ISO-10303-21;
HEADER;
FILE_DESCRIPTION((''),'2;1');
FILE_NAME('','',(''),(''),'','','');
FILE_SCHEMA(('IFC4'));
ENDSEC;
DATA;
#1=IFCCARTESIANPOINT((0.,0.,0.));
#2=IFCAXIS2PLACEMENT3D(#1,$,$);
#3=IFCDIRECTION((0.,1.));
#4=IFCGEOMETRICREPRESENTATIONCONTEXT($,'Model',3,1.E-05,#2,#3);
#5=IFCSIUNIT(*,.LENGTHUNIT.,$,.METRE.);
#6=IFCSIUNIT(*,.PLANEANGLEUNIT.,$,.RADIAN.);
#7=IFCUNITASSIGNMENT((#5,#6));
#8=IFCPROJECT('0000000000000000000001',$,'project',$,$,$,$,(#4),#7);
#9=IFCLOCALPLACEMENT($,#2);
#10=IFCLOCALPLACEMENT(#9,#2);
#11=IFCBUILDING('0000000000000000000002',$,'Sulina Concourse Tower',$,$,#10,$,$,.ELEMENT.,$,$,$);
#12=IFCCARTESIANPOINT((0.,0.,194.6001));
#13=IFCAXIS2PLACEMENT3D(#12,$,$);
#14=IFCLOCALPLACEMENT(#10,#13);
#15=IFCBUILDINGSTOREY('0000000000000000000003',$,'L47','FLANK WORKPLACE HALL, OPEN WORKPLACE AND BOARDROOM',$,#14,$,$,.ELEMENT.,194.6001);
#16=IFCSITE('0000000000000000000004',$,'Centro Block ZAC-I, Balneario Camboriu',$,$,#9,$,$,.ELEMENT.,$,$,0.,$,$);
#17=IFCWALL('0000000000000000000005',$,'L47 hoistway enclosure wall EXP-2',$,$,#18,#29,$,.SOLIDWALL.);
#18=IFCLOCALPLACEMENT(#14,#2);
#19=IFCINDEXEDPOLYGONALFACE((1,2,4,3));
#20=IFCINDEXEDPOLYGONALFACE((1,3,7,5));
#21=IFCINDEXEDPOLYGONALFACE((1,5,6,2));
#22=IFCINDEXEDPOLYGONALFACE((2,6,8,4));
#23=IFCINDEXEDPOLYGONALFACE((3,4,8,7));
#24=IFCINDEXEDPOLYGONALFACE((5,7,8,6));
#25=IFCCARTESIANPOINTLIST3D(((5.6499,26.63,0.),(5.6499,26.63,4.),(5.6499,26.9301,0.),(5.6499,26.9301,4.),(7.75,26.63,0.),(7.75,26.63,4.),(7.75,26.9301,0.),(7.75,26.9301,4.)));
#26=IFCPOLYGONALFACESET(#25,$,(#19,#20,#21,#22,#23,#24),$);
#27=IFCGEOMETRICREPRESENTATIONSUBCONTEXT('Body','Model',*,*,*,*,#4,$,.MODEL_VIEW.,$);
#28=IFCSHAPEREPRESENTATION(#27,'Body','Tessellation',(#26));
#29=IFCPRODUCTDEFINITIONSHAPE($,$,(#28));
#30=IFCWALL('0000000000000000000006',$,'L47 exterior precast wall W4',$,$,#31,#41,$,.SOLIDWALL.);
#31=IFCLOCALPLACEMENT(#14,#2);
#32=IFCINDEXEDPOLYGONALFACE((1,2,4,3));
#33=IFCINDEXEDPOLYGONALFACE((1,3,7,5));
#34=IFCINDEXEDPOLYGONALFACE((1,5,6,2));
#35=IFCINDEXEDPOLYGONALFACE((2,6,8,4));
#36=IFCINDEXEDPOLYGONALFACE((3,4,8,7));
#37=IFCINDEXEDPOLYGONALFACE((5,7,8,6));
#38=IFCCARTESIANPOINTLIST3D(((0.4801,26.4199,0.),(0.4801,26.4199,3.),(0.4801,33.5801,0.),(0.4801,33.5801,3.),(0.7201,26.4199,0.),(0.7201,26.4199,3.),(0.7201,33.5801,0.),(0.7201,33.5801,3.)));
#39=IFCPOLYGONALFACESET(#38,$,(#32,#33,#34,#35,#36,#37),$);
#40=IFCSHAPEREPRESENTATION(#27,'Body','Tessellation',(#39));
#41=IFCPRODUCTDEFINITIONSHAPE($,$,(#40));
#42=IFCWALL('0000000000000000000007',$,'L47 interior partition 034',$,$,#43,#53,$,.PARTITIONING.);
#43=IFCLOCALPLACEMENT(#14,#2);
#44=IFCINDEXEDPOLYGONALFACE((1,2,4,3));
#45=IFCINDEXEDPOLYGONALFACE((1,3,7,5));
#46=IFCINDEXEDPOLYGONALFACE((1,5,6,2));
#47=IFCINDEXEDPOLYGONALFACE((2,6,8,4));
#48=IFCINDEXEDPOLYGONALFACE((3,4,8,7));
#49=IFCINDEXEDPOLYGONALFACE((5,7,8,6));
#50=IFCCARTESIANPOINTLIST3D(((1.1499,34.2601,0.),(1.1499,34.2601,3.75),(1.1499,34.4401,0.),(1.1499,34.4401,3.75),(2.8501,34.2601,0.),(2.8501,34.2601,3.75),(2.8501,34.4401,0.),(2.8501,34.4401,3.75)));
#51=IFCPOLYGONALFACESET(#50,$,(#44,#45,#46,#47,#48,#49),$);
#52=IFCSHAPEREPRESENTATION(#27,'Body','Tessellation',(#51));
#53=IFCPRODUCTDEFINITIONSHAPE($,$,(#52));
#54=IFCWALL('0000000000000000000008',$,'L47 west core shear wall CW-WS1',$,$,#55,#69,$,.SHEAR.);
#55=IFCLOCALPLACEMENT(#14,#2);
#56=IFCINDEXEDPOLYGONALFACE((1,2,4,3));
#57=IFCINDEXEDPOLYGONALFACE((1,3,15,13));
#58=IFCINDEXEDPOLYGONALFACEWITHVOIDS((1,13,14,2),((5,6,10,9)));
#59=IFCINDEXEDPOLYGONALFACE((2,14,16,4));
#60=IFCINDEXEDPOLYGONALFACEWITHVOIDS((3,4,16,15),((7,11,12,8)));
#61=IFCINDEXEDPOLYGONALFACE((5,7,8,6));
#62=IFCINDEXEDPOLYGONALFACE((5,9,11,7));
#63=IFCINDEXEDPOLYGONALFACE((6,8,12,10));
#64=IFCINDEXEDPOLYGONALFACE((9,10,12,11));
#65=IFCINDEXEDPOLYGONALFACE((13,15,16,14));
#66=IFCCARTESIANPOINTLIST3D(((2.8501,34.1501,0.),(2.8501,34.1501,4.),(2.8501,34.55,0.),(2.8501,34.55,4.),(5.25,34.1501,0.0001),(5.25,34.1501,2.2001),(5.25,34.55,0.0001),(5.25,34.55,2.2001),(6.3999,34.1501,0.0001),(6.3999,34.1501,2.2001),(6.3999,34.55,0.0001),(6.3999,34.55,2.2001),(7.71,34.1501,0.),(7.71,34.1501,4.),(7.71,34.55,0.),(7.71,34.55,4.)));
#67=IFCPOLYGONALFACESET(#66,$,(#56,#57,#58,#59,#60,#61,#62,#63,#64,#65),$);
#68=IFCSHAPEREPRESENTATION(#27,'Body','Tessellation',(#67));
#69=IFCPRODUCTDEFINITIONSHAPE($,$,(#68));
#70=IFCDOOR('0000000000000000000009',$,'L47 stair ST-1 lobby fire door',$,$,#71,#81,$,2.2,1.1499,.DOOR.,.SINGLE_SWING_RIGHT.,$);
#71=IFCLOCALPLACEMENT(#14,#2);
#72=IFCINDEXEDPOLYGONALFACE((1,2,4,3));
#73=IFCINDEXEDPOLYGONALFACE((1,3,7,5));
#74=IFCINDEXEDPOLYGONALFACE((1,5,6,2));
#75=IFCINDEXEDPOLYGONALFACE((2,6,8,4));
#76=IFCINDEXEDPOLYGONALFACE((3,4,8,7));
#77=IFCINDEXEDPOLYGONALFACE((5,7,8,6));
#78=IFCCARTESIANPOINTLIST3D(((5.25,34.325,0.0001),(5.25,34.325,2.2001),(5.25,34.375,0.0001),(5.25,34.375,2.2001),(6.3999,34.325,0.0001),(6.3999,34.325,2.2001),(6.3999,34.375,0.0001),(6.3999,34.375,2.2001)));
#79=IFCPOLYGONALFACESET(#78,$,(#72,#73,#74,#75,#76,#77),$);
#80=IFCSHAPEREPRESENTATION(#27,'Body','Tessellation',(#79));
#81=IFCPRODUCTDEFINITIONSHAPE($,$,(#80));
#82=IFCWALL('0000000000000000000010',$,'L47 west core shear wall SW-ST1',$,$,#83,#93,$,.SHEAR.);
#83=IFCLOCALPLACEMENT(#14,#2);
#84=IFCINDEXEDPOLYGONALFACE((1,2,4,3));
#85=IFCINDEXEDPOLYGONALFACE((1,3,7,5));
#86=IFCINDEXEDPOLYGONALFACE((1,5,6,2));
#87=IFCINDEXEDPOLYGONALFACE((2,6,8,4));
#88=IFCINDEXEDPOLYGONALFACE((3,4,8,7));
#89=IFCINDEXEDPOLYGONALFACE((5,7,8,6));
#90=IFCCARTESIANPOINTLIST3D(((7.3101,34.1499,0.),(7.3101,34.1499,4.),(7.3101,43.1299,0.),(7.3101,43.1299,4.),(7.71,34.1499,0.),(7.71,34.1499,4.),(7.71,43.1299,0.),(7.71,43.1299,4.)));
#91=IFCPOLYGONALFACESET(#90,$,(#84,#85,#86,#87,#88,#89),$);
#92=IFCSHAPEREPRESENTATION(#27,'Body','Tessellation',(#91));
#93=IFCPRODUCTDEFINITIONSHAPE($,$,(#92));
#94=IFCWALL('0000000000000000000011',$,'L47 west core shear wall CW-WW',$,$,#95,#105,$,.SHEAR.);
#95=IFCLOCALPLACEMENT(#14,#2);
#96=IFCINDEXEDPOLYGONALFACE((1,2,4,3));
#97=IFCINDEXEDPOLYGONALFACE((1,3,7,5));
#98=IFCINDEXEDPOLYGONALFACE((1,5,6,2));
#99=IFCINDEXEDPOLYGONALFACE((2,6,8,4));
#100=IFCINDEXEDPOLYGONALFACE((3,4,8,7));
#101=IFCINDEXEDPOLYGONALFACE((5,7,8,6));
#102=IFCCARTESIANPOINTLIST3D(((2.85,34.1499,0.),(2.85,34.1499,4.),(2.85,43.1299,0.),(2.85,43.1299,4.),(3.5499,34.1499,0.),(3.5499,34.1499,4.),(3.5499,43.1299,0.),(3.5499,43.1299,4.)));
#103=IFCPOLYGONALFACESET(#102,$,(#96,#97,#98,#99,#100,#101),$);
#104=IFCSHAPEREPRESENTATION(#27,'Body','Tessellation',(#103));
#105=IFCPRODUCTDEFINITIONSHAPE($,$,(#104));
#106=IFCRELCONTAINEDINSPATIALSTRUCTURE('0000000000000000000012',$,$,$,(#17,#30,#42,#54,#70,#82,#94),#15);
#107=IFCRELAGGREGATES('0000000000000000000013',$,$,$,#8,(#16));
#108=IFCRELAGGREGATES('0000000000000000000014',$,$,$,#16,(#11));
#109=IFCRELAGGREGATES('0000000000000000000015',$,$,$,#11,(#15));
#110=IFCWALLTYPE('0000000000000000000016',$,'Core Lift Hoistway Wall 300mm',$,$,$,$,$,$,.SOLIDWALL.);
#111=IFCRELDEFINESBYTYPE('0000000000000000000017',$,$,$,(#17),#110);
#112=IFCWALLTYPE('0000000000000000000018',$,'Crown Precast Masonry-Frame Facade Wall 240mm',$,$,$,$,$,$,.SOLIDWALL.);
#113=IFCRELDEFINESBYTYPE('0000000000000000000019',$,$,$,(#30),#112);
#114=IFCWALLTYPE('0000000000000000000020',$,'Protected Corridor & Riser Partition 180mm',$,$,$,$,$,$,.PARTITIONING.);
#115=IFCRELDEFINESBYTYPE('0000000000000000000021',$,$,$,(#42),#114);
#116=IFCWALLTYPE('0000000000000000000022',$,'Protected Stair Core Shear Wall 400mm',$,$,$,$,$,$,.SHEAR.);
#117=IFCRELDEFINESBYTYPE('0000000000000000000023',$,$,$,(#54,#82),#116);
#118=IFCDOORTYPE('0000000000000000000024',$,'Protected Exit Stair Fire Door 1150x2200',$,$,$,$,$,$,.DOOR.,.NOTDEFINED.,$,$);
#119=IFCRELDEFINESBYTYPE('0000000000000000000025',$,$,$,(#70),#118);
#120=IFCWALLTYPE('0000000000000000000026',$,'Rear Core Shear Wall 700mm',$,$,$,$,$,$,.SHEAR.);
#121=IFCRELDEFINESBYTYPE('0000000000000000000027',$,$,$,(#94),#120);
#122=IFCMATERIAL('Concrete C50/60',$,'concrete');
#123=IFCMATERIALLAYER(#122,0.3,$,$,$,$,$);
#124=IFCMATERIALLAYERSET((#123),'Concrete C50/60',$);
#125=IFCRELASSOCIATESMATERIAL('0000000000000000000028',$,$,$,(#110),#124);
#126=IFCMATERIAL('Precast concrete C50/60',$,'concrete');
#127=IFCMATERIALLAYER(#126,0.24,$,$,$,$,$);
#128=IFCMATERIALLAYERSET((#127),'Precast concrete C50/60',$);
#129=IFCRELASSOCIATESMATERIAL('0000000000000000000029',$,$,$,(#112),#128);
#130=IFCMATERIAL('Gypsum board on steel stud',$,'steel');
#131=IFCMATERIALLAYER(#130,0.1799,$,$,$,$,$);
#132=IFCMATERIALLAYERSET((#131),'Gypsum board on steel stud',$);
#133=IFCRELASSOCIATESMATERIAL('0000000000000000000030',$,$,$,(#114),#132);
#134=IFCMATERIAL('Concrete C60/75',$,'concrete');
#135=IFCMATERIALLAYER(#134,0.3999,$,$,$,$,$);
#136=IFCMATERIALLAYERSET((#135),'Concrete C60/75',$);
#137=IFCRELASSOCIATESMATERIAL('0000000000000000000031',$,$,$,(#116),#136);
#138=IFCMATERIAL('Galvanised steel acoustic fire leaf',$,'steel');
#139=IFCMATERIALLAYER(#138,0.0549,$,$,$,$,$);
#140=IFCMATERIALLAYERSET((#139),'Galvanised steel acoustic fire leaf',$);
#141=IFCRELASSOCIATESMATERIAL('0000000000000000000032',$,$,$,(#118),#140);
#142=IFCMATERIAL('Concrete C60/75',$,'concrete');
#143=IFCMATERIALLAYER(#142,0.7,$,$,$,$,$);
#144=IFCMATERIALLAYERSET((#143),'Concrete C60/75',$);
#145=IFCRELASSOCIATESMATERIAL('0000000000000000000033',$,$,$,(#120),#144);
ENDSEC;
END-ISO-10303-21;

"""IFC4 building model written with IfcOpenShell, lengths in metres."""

from ifc_helpers import new_model, si_unit, direction, frame, frame_2d, origin, place, context, subcontext, project, spatial, rectangle, extrude, material, layer, layer_set, type_object, element, fill, save


model = new_model("IFC4")

# Units and contexts
model_context = context("Model", 3, precision=1e-05, world=origin(), true_north=direction((0.0, 1.0)))
body_context = subcontext(model_context, "Body", "Model", "MODEL_VIEW")
ifc_project = project(units=[si_unit("LENGTHUNIT", "METRE"), si_unit("PLANEANGLEUNIT", "RADIAN")], contexts=[model_context])

# Site, building, storey
site_placement = place(None, origin())
site = spatial("IfcSite", under=ifc_project, at=site_placement, Name="Centro Block ZAC-I, Balneario Camboriu", CompositionType="ELEMENT", RefElevation=0.0)
building_placement = place(site_placement, origin())
building = spatial("IfcBuilding", under=site, at=building_placement, Name="Sulina Concourse Tower", CompositionType="ELEMENT")
storey_placement = place(building_placement, frame((0.0, 0.0, 194.6001)))
storey = spatial("IfcBuildingStorey", under=building, at=storey_placement, Name="L47", Description="FLANK WORKPLACE HALL, OPEN WORKPLACE AND BOARDROOM", CompositionType="ELEMENT", Elevation=194.6001)

# Walls
ifc_material_1 = material(Name="Concrete C50/60", Category="concrete")
ifc_layer_1 = layer(ifc_material_1, 0.3)
ifc_layer_set_1 = layer_set([ifc_layer_1], Name="Concrete C50/60")
wall_type_1 = type_object("IfcWallType", Name="Core Lift Hoistway Wall 300mm", PredefinedType="SOLIDWALL", material=ifc_layer_set_1)
wall_1_placement = place(storey_placement, frame((7.75, 26.78, 0.0), z_axis=(0.0, 0.0, 1.0), x_axis=(-1.0, 0.0, 0.0)))
element("IfcWall", 1, at=wall_1_placement, inside=storey, type_object=wall_type_1, Name="L47 hoistway enclosure wall EXP-2", PredefinedType="SOLIDWALL", context=body_context, shape_type="SweptSolid", body=[
    extrude(rectangle(XDim=2.1001, YDim=0.3, at=frame_2d((1.05, 0.0))), origin(), (0.0, 0.0, 1.0), 4.0),
])
ifc_material_2 = material(Name="Precast concrete C50/60", Category="concrete")
ifc_layer_2 = layer(ifc_material_2, 0.24)
ifc_layer_set_2 = layer_set([ifc_layer_2], Name="Precast concrete C50/60")
wall_type_2 = type_object("IfcWallType", Name="Crown Precast Masonry-Frame Facade Wall 240mm", PredefinedType="SOLIDWALL", material=ifc_layer_set_2)
wall_2_placement = place(storey_placement, frame((0.6001, 26.4199, 0.0), z_axis=(0.0, 0.0, 1.0), x_axis=(0.0, 1.0, 0.0)))
element("IfcWall", 2, at=wall_2_placement, inside=storey, type_object=wall_type_2, Name="L47 exterior precast wall W4", PredefinedType="SOLIDWALL", context=body_context, shape_type="SweptSolid", body=[
    extrude(rectangle(XDim=7.1602, YDim=0.24, at=frame_2d((3.5801, 0.0))), origin(), (0.0, 0.0, 1.0), 3.0),
])
ifc_material_3 = material(Name="Gypsum board on steel stud", Category="steel")
ifc_layer_3 = layer(ifc_material_3, 0.1799)
ifc_layer_set_3 = layer_set([ifc_layer_3], Name="Gypsum board on steel stud")
wall_type_3 = type_object("IfcWallType", Name="Protected Corridor & Riser Partition 180mm", PredefinedType="PARTITIONING", material=ifc_layer_set_3)
wall_3_placement = place(storey_placement, frame((1.1499, 34.3501, 0.0), z_axis=(0.0, 0.0, 1.0), x_axis=(1.0, 0.0, 0.0)))
element("IfcWall", 3, at=wall_3_placement, inside=storey, type_object=wall_type_3, Name="L47 interior partition 034", PredefinedType="PARTITIONING", context=body_context, shape_type="SweptSolid", body=[
    extrude(rectangle(XDim=1.7002, YDim=0.1799, at=frame_2d((0.8501, 0.0))), origin(), (0.0, 0.0, 1.0), 3.75),
])

# Wall, opening, door
ifc_material_4 = material(Name="Concrete C60/75", Category="concrete")
ifc_layer_4 = layer(ifc_material_4, 0.3999)
ifc_layer_set_4 = layer_set([ifc_layer_4], Name="Concrete C60/75")
wall_type_4 = type_object("IfcWallType", Name="Protected Stair Core Shear Wall 400mm", PredefinedType="SHEAR", material=ifc_layer_set_4)
wall_4_placement = place(storey_placement, frame((2.8501, 34.3501, 0.0), z_axis=(0.0, 0.0, 1.0), x_axis=(1.0, 0.0, 0.0)))
wall_4 = element("IfcWall", 4, at=wall_4_placement, inside=storey, type_object=wall_type_4, Name="L47 west core shear wall CW-WS1", PredefinedType="SHEAR", context=body_context, shape_type="SweptSolid", body=[
    extrude(rectangle(XDim=4.8599, YDim=0.3999, at=frame_2d((2.4299, 0.0))), origin(), (0.0, 0.0, 1.0), 4.0),
])
opening_placement = place(wall_4_placement, frame((2.3999, 0.0, 0.0)))
opening = element("IfcOpeningElement", 5, at=opening_placement, cuts=wall_4, PredefinedType="OPENING", context=body_context, shape_type="SweptSolid", body=[
    extrude(rectangle(XDim=1.1499, YDim=2.2, at=frame_2d((0.575, 1.1001))), frame((0.0, 0.21, 0.0), z_axis=(0.0, -1.0, 0.0), x_axis=(1.0, 0.0, 0.0)), (0.0, 0.0, 1.0), 0.4199),
])
ifc_material_5 = material(Name="Galvanised steel acoustic fire leaf", Category="steel")
ifc_layer_5 = layer(ifc_material_5, 0.0549)
ifc_layer_set_5 = layer_set([ifc_layer_5], Name="Galvanised steel acoustic fire leaf")
door_type = type_object("IfcDoorType", Name="Protected Exit Stair Fire Door 1150x2200", OperationType="NOTDEFINED", PredefinedType="DOOR", material=ifc_layer_set_5)
door_placement = place(opening_placement, origin())
door = element("IfcDoor", 6, at=door_placement, inside=storey, type_object=door_type, Name="L47 stair ST-1 lobby fire door", OperationType="SINGLE_SWING_RIGHT", OverallHeight=2.2, OverallWidth=1.1499, PredefinedType="DOOR", context=body_context, shape_type="SweptSolid", body=[
    extrude(rectangle(XDim=1.1499, YDim=2.2, at=frame_2d((0.575, 1.1001))), frame((0.0, 0.0249, 0.0), z_axis=(0.0, -1.0, 0.0), x_axis=(1.0, 0.0, 0.0)), (0.0, 0.0, 1.0), 0.05),
])
fill(opening, door)

# Walls
wall_5_placement = place(storey_placement, frame((7.51, 34.1499, 0.0), z_axis=(0.0, 0.0, 1.0), x_axis=(0.0, 1.0, 0.0)))
element("IfcWall", 7, at=wall_5_placement, inside=storey, type_object=wall_type_4, Name="L47 west core shear wall SW-ST1", PredefinedType="SHEAR", context=body_context, shape_type="SweptSolid", body=[
    extrude(rectangle(XDim=8.98, YDim=0.3999, at=frame_2d((4.49, 0.0))), origin(), (0.0, 0.0, 1.0), 4.0),
])
ifc_material_6 = material(Name="Concrete C60/75", Category="concrete")
ifc_layer_6 = layer(ifc_material_6, 0.7)
ifc_layer_set_6 = layer_set([ifc_layer_6], Name="Concrete C60/75")
wall_type_5 = type_object("IfcWallType", Name="Rear Core Shear Wall 700mm", PredefinedType="SHEAR", material=ifc_layer_set_6)
wall_6_placement = place(storey_placement, frame((3.2, 34.1499, 0.0), z_axis=(0.0, 0.0, 1.0), x_axis=(0.0, 1.0, 0.0)))
element("IfcWall", 8, at=wall_6_placement, inside=storey, type_object=wall_type_5, Name="L47 west core shear wall CW-WW", PredefinedType="SHEAR", context=body_context, shape_type="SweptSolid", body=[
    extrude(rectangle(XDim=8.98, YDim=0.7, at=frame_2d((4.49, 0.0))), origin(), (0.0, 0.0, 1.0), 4.0),
])

save(model, "model.ifc")
